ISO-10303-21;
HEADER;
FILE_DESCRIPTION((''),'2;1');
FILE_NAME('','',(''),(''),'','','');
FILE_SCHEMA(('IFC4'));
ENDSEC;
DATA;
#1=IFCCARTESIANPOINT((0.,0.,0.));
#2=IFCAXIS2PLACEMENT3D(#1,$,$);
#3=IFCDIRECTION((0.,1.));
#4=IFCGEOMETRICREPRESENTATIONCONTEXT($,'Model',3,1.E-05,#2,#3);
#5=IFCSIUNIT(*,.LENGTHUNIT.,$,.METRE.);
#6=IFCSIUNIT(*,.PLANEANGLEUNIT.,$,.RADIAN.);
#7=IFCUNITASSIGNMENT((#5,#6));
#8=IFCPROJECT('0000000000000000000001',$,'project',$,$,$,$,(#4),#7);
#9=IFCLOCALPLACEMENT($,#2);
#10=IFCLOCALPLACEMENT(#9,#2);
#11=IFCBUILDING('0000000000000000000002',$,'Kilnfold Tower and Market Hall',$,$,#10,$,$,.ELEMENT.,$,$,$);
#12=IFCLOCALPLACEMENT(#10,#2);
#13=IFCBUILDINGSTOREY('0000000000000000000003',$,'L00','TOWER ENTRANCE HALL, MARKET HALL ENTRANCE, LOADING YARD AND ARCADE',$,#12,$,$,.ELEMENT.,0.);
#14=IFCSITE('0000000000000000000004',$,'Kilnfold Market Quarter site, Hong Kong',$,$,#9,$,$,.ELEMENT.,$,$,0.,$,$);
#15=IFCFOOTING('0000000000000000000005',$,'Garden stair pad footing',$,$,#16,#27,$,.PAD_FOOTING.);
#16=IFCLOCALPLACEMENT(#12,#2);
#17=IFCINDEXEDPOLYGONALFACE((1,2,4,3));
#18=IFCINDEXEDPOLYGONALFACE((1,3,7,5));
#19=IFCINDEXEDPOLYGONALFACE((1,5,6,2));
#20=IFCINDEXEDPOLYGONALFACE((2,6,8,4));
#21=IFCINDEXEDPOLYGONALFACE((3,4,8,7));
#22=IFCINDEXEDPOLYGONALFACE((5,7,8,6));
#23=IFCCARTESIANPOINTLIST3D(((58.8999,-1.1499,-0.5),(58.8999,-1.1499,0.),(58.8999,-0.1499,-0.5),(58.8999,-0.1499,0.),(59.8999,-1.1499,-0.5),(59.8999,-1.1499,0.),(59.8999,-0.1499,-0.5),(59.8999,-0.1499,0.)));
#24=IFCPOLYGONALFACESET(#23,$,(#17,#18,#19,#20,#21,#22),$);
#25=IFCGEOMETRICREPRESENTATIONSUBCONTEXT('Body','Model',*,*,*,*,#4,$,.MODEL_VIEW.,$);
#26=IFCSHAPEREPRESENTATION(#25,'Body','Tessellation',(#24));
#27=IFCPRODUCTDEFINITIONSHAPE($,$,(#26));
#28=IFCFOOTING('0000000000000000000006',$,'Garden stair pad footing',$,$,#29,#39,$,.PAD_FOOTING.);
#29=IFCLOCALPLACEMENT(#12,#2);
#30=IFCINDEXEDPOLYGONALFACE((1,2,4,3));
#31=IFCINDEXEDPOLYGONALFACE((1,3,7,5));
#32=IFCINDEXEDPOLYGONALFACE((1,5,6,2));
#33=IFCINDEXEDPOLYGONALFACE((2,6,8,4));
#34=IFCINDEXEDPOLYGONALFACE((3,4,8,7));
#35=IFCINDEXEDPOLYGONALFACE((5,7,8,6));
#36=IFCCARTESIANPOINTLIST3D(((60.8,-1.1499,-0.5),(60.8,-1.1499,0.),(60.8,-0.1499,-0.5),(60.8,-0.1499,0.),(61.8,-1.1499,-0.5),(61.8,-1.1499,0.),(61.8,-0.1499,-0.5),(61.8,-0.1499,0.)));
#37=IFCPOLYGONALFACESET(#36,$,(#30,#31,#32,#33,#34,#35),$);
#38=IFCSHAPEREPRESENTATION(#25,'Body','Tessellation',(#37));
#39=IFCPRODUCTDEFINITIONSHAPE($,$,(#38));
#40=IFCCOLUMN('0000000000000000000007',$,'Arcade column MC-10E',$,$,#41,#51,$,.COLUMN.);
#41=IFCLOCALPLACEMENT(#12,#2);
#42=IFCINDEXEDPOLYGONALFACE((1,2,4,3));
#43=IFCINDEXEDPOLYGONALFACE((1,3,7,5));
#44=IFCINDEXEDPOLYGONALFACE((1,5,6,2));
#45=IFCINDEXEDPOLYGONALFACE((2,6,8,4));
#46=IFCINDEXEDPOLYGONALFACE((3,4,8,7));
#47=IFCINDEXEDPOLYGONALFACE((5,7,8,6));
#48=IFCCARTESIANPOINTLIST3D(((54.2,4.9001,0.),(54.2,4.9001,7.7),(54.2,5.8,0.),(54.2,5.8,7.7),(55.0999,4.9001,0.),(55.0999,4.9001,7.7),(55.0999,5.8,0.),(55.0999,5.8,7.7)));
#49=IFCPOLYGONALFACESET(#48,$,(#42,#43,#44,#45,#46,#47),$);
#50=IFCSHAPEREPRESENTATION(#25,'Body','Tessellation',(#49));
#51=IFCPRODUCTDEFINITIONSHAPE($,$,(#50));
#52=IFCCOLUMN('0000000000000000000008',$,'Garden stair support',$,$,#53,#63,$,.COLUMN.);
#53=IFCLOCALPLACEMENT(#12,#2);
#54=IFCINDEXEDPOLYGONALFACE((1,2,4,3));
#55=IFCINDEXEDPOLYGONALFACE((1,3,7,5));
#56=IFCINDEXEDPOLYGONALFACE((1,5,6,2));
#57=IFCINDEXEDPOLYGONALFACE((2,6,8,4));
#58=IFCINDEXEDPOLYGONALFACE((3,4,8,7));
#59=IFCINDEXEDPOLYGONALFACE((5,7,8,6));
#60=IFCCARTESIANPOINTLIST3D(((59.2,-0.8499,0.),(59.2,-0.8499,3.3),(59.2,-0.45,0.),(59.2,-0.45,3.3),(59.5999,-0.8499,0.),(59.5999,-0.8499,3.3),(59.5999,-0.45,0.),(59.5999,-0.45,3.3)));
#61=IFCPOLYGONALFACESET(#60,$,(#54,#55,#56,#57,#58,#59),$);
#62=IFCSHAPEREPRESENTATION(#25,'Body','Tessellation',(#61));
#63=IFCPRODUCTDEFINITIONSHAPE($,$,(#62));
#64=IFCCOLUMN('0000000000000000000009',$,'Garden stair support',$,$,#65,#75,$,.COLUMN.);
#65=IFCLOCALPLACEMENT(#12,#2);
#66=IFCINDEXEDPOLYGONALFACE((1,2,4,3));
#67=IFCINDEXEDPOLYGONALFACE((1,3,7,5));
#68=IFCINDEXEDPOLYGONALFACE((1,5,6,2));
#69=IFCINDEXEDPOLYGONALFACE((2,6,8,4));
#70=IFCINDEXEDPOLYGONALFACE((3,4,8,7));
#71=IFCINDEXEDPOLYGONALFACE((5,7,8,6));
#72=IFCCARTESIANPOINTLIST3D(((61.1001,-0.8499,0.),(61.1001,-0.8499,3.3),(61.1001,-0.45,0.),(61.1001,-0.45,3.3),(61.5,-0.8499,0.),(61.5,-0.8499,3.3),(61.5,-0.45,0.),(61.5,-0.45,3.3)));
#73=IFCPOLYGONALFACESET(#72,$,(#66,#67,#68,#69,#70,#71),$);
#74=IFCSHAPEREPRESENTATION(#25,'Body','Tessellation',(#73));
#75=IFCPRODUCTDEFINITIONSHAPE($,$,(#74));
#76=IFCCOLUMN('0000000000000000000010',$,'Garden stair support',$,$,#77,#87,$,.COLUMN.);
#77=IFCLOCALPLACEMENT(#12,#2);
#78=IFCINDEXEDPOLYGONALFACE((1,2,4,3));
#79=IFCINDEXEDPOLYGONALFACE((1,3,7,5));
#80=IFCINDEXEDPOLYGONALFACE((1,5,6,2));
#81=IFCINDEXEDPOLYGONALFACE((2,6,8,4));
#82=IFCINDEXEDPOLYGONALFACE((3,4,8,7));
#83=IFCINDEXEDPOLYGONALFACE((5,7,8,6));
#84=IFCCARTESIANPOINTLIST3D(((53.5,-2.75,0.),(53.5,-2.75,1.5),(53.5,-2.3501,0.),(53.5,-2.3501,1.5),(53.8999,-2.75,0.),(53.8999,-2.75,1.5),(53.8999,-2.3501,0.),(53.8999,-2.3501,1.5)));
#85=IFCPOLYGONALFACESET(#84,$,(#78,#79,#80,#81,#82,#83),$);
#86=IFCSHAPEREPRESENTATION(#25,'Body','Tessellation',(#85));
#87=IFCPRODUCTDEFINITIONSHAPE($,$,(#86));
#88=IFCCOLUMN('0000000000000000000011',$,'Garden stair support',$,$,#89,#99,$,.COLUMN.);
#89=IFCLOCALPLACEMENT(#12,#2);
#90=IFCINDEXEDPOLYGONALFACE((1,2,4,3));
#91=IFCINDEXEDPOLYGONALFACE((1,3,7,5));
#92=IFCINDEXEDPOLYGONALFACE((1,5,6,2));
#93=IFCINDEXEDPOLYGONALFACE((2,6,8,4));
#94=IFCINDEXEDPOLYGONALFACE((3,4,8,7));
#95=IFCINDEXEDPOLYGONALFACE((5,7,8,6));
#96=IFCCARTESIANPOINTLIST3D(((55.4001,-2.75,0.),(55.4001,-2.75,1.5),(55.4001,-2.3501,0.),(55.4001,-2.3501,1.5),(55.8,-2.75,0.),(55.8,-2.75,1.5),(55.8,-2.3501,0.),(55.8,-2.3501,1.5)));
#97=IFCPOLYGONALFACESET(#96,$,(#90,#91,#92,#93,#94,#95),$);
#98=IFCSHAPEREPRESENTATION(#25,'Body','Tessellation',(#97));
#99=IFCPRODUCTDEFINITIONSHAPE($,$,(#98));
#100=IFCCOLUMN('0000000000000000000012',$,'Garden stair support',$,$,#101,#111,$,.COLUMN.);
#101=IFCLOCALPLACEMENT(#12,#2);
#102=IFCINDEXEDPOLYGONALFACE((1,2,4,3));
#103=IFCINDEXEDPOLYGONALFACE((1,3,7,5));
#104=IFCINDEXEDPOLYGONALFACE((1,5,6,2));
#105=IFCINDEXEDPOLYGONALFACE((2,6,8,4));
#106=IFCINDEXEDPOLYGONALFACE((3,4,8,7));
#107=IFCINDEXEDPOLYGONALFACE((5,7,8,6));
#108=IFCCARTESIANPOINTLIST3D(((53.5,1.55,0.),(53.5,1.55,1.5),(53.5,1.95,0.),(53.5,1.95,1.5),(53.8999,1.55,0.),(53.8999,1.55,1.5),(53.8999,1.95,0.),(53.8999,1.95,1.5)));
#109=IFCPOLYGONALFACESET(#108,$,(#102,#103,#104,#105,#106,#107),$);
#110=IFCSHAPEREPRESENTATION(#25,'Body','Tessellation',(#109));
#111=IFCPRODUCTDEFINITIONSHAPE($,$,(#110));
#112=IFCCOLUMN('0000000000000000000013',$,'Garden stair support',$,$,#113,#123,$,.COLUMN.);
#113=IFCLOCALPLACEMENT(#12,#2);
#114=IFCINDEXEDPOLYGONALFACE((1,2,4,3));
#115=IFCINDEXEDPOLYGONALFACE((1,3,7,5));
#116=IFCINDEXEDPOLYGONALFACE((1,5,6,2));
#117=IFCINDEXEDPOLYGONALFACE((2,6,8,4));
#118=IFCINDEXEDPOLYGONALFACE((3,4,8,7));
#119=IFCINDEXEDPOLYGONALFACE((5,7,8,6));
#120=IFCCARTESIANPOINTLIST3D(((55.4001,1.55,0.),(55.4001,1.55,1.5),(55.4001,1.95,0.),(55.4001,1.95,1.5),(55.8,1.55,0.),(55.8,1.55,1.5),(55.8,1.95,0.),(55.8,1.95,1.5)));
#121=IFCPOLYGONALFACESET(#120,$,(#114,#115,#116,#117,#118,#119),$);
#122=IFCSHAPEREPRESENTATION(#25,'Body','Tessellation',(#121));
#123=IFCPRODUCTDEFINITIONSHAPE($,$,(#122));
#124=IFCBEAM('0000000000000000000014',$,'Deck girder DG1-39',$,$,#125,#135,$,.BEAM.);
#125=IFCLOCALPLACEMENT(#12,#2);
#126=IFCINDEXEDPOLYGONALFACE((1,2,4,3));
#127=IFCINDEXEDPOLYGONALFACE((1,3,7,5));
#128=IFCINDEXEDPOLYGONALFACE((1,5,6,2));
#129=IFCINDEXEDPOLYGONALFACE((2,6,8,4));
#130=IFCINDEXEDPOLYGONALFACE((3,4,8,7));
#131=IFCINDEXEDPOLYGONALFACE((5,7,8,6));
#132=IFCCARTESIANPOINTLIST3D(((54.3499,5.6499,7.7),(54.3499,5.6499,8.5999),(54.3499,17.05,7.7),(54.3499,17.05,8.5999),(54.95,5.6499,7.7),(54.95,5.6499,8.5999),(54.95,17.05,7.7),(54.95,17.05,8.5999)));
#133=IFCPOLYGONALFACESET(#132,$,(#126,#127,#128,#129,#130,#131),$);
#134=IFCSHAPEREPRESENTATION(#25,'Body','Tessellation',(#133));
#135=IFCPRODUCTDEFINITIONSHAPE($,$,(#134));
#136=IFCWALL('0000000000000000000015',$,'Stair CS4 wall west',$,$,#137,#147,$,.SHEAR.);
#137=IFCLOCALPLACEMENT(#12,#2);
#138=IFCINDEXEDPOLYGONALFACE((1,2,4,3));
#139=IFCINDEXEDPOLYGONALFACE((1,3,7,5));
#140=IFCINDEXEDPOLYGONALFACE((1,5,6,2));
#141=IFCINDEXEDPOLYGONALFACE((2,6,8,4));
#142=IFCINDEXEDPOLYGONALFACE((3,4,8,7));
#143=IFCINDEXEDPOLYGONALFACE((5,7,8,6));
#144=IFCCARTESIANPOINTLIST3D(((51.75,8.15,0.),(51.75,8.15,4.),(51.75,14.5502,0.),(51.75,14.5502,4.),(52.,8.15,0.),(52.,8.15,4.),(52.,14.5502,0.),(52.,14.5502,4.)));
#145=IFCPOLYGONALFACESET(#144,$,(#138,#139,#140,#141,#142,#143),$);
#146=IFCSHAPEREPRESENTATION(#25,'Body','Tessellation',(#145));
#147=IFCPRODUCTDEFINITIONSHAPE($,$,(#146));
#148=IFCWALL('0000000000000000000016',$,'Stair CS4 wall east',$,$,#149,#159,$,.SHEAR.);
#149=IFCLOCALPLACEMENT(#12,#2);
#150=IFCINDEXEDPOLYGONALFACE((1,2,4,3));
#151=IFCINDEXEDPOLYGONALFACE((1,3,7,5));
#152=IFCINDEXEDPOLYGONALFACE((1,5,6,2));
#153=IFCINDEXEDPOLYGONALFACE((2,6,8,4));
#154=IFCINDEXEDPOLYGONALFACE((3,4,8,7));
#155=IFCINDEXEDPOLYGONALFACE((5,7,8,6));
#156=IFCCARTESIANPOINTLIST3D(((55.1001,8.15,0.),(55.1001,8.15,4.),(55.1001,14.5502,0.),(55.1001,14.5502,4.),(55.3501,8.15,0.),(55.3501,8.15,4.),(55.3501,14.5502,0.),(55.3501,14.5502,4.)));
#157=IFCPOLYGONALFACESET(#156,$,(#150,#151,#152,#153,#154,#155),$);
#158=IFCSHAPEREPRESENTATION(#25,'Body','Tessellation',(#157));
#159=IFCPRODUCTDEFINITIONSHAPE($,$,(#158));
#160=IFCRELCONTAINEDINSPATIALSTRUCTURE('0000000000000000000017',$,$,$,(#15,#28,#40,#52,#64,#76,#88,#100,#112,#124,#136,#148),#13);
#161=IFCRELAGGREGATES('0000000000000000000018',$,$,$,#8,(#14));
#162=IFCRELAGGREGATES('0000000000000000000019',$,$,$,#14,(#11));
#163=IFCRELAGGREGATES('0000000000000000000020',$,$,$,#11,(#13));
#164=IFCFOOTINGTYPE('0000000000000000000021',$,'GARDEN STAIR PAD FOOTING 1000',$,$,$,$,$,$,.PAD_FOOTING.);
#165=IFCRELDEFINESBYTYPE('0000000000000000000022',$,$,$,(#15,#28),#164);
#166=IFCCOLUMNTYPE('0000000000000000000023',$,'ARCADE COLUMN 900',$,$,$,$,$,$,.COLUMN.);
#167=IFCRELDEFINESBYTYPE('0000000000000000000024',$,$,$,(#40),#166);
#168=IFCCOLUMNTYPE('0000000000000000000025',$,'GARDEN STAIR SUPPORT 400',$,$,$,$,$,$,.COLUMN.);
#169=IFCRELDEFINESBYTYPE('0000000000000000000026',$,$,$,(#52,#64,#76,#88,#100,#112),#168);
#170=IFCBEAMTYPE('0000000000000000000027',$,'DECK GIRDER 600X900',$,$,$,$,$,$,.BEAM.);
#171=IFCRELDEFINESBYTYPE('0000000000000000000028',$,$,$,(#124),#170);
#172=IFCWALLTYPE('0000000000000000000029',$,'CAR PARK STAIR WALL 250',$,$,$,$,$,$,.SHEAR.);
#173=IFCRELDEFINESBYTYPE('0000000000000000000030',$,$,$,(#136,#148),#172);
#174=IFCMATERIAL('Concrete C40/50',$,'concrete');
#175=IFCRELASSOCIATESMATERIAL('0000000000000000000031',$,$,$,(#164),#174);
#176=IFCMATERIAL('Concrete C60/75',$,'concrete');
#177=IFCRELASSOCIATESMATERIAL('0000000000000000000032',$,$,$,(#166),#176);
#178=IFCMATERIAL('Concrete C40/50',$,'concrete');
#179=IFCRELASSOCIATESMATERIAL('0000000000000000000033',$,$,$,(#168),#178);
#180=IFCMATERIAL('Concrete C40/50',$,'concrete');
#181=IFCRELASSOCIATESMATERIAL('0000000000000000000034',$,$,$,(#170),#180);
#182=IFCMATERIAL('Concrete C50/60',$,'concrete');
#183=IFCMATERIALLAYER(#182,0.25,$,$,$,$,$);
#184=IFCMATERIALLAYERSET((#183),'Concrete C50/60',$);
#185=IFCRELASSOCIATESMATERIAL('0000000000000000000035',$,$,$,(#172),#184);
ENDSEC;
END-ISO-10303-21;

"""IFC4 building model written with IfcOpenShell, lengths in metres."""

from ifc_helpers import new_model, si_unit, direction, frame, frame_2d, origin, origin_2d, place, context, subcontext, project, spatial, rectangle, extrude, source, transform, mapped, material, layer, layer_set, material_profile, profile_set, type_object, element, save


model = new_model("IFC4")

# Units and contexts
model_context = context("Model", 3, precision=1e-05, world=origin(), true_north=direction((0.0, 1.0)))
body_context = subcontext(model_context, "Body", "Model", "MODEL_VIEW")
ifc_project = project(units=[si_unit("LENGTHUNIT", "METRE"), si_unit("PLANEANGLEUNIT", "RADIAN")], contexts=[model_context])

# Site, building, storey
site_placement = place(None, origin())
site = spatial("IfcSite", under=ifc_project, at=site_placement, Name="Kilnfold Market Quarter site, Hong Kong", CompositionType="ELEMENT", RefElevation=0.0)
building_placement = place(site_placement, origin())
building = spatial("IfcBuilding", under=site, at=building_placement, Name="Kilnfold Tower and Market Hall", CompositionType="ELEMENT")
storey_placement = place(building_placement, origin())
storey = spatial("IfcBuildingStorey", under=building, at=storey_placement, Name="L00", Description="TOWER ENTRANCE HALL, MARKET HALL ENTRANCE, LOADING YARD AND ARCADE", CompositionType="ELEMENT", Elevation=0.0)

# Footings
ifc_material_1 = material(Name="Concrete C40/50", Category="concrete")
footing_type = type_object("IfcFootingType", Name="GARDEN STAIR PAD FOOTING 1000", PredefinedType="PAD_FOOTING", material=ifc_material_1)
shared_shape_1 = source(origin(), body_context, "Body", "SweptSolid", [
    extrude(rectangle(XDim=1.0, YDim=1.0, at=origin_2d()), origin(), (0.0, 0.0, 1.0), 0.5),
])
for number, where, z_axis, x_axis, name in (
    (1, (59.3999, -0.6499, -0.5), (0.0, 0.0, 1.0), (1.0, 0.0, 0.0), "Garden stair pad footing"),
    (2, (61.3, -0.6499, -0.5), (0.0, 0.0, 1.0), (1.0, 0.0, 0.0), "Garden stair pad footing"),
):
    element("IfcFooting", number, at=place(storey_placement, frame(where, z_axis=z_axis, x_axis=x_axis)), inside=storey, type_object=footing_type, Name=name, PredefinedType="PAD_FOOTING", context=body_context, shape_type="MappedRepresentation", body=[
        mapped(shared_shape_1, transform((0.0, 0.0, 0.0))),
    ])

# Columns
ifc_material_2 = material(Name="Concrete C60/75", Category="concrete")
ifc_material_profile_1 = material_profile(ifc_material_2, rectangle(XDim=0.8999, YDim=0.8999, at=origin_2d()), Name="RC 900x900")
ifc_profile_set_1 = profile_set([ifc_material_profile_1], Name="Concrete C60/75")
column_type_1 = type_object("IfcColumnType", Name="ARCADE COLUMN 900", PredefinedType="COLUMN", material=ifc_profile_set_1)
shared_shape_2 = source(origin(), body_context, "Body", "SweptSolid", [
    extrude(rectangle(XDim=0.8999, YDim=0.8999, at=origin_2d()), origin(), (0.0, 0.0, 1.0), 7.7),
])
column_placement = place(storey_placement, frame((54.6499, 5.3501, 0.0), z_axis=(0.0, 0.0, 1.0), x_axis=(1.0, 0.0, 0.0)))
element("IfcColumn", 3, at=column_placement, inside=storey, type_object=column_type_1, Name="Arcade column MC-10E", PredefinedType="COLUMN", context=body_context, shape_type="MappedRepresentation", body=[
    mapped(shared_shape_2, transform((0.0, 0.0, 0.0))),
])
ifc_material_3 = material(Name="Concrete C40/50", Category="concrete")
ifc_material_profile_2 = material_profile(ifc_material_3, rectangle(XDim=0.3999, YDim=0.3999, at=origin_2d()), Name="RC 400x400")
ifc_profile_set_2 = profile_set([ifc_material_profile_2], Name="Concrete C40/50")
column_type_2 = type_object("IfcColumnType", Name="GARDEN STAIR SUPPORT 400", PredefinedType="COLUMN", material=ifc_profile_set_2)
shared_shape_3 = source(origin(), body_context, "Body", "SweptSolid", [
    extrude(rectangle(XDim=0.3999, YDim=0.3999, at=origin_2d()), origin(), (0.0, 0.0, 1.0), 3.3),
])
for number, where, z_axis, x_axis, name in (
    (4, (59.3999, -0.6499, 0.0), (0.0, 0.0, 1.0), (1.0, 0.0, 0.0), "Garden stair support"),
    (5, (61.3, -0.6499, 0.0), (0.0, 0.0, 1.0), (1.0, 0.0, 0.0), "Garden stair support"),
):
    element("IfcColumn", number, at=place(storey_placement, frame(where, z_axis=z_axis, x_axis=x_axis)), inside=storey, type_object=column_type_2, Name=name, PredefinedType="COLUMN", context=body_context, shape_type="MappedRepresentation", body=[
        mapped(shared_shape_3, transform((0.0, 0.0, 0.0))),
    ])
shared_shape_4 = source(origin(), body_context, "Body", "SweptSolid", [
    extrude(rectangle(XDim=0.3999, YDim=0.3999, at=origin_2d()), origin(), (0.0, 0.0, 1.0), 1.5),
])
for number, where, z_axis, x_axis, name in (
    (6, (53.7, -2.55, 0.0), (0.0, 0.0, 1.0), (1.0, 0.0, 0.0), "Garden stair support"),
    (7, (55.6001, -2.55, 0.0), (0.0, 0.0, 1.0), (1.0, 0.0, 0.0), "Garden stair support"),
    (8, (53.7, 1.75, 0.0), (0.0, 0.0, 1.0), (1.0, 0.0, 0.0), "Garden stair support"),
    (9, (55.6001, 1.75, 0.0), (0.0, 0.0, 1.0), (1.0, 0.0, 0.0), "Garden stair support"),
):
    element("IfcColumn", number, at=place(storey_placement, frame(where, z_axis=z_axis, x_axis=x_axis)), inside=storey, type_object=column_type_2, Name=name, PredefinedType="COLUMN", context=body_context, shape_type="MappedRepresentation", body=[
        mapped(shared_shape_4, transform((0.0, 0.0, 0.0))),
    ])

# Beam
ifc_material_4 = material(Name="Concrete C40/50", Category="concrete")
ifc_material_profile_3 = material_profile(ifc_material_4, rectangle(XDim=0.6001, YDim=0.8999, at=origin_2d()), Name="RC 600x900")
ifc_profile_set_3 = profile_set([ifc_material_profile_3], Name="Concrete C40/50")
beam_type = type_object("IfcBeamType", Name="DECK GIRDER 600X900", PredefinedType="BEAM", material=ifc_profile_set_3)
shared_shape_5 = source(origin(), body_context, "Body", "SweptSolid", [
    extrude(rectangle(XDim=0.6001, YDim=0.8999, at=origin_2d()), origin(), (0.0, 0.0, 1.0), 11.4001),
])
beam_placement = place(storey_placement, frame((54.6499, 5.6499, 8.1499), z_axis=(0.0, 1.0, 0.0), x_axis=(-1.0, 0.0, 0.0)))
element("IfcBeam", 10, at=beam_placement, inside=storey, type_object=beam_type, Name="Deck girder DG1-39", PredefinedType="BEAM", context=body_context, shape_type="MappedRepresentation", body=[
    mapped(shared_shape_5, transform((0.0, 0.0, 0.0))),
])

# Walls
ifc_material_5 = material(Name="Concrete C50/60", Category="concrete")
ifc_layer = layer(ifc_material_5, 0.25)
ifc_layer_set = layer_set([ifc_layer], Name="Concrete C50/60")
wall_type = type_object("IfcWallType", Name="CAR PARK STAIR WALL 250", PredefinedType="SHEAR", material=ifc_layer_set)
shared_shape_6 = source(origin(), body_context, "Body", "SweptSolid", [
    extrude(rectangle(XDim=6.4001, YDim=0.25, at=frame_2d((3.2002, 0.0))), origin(), (0.0, 0.0, 1.0), 4.0),
])
for number, where, z_axis, x_axis, name in (
    (11, (51.875, 8.1499, 0.0), (0.0, 0.0, 1.0), (0.0, 1.0, 0.0), "Stair CS4 wall west"),
    (12, (55.2251, 8.1499, 0.0), (0.0, 0.0, 1.0), (0.0, 1.0, 0.0), "Stair CS4 wall east"),
):
    element("IfcWall", number, at=place(storey_placement, frame(where, z_axis=z_axis, x_axis=x_axis)), inside=storey, type_object=wall_type, Name=name, PredefinedType="SHEAR", context=body_context, shape_type="MappedRepresentation", body=[
        mapped(shared_shape_6, transform((0.0, 0.0, 0.0))),
    ])

save(model, "model.ifc")
